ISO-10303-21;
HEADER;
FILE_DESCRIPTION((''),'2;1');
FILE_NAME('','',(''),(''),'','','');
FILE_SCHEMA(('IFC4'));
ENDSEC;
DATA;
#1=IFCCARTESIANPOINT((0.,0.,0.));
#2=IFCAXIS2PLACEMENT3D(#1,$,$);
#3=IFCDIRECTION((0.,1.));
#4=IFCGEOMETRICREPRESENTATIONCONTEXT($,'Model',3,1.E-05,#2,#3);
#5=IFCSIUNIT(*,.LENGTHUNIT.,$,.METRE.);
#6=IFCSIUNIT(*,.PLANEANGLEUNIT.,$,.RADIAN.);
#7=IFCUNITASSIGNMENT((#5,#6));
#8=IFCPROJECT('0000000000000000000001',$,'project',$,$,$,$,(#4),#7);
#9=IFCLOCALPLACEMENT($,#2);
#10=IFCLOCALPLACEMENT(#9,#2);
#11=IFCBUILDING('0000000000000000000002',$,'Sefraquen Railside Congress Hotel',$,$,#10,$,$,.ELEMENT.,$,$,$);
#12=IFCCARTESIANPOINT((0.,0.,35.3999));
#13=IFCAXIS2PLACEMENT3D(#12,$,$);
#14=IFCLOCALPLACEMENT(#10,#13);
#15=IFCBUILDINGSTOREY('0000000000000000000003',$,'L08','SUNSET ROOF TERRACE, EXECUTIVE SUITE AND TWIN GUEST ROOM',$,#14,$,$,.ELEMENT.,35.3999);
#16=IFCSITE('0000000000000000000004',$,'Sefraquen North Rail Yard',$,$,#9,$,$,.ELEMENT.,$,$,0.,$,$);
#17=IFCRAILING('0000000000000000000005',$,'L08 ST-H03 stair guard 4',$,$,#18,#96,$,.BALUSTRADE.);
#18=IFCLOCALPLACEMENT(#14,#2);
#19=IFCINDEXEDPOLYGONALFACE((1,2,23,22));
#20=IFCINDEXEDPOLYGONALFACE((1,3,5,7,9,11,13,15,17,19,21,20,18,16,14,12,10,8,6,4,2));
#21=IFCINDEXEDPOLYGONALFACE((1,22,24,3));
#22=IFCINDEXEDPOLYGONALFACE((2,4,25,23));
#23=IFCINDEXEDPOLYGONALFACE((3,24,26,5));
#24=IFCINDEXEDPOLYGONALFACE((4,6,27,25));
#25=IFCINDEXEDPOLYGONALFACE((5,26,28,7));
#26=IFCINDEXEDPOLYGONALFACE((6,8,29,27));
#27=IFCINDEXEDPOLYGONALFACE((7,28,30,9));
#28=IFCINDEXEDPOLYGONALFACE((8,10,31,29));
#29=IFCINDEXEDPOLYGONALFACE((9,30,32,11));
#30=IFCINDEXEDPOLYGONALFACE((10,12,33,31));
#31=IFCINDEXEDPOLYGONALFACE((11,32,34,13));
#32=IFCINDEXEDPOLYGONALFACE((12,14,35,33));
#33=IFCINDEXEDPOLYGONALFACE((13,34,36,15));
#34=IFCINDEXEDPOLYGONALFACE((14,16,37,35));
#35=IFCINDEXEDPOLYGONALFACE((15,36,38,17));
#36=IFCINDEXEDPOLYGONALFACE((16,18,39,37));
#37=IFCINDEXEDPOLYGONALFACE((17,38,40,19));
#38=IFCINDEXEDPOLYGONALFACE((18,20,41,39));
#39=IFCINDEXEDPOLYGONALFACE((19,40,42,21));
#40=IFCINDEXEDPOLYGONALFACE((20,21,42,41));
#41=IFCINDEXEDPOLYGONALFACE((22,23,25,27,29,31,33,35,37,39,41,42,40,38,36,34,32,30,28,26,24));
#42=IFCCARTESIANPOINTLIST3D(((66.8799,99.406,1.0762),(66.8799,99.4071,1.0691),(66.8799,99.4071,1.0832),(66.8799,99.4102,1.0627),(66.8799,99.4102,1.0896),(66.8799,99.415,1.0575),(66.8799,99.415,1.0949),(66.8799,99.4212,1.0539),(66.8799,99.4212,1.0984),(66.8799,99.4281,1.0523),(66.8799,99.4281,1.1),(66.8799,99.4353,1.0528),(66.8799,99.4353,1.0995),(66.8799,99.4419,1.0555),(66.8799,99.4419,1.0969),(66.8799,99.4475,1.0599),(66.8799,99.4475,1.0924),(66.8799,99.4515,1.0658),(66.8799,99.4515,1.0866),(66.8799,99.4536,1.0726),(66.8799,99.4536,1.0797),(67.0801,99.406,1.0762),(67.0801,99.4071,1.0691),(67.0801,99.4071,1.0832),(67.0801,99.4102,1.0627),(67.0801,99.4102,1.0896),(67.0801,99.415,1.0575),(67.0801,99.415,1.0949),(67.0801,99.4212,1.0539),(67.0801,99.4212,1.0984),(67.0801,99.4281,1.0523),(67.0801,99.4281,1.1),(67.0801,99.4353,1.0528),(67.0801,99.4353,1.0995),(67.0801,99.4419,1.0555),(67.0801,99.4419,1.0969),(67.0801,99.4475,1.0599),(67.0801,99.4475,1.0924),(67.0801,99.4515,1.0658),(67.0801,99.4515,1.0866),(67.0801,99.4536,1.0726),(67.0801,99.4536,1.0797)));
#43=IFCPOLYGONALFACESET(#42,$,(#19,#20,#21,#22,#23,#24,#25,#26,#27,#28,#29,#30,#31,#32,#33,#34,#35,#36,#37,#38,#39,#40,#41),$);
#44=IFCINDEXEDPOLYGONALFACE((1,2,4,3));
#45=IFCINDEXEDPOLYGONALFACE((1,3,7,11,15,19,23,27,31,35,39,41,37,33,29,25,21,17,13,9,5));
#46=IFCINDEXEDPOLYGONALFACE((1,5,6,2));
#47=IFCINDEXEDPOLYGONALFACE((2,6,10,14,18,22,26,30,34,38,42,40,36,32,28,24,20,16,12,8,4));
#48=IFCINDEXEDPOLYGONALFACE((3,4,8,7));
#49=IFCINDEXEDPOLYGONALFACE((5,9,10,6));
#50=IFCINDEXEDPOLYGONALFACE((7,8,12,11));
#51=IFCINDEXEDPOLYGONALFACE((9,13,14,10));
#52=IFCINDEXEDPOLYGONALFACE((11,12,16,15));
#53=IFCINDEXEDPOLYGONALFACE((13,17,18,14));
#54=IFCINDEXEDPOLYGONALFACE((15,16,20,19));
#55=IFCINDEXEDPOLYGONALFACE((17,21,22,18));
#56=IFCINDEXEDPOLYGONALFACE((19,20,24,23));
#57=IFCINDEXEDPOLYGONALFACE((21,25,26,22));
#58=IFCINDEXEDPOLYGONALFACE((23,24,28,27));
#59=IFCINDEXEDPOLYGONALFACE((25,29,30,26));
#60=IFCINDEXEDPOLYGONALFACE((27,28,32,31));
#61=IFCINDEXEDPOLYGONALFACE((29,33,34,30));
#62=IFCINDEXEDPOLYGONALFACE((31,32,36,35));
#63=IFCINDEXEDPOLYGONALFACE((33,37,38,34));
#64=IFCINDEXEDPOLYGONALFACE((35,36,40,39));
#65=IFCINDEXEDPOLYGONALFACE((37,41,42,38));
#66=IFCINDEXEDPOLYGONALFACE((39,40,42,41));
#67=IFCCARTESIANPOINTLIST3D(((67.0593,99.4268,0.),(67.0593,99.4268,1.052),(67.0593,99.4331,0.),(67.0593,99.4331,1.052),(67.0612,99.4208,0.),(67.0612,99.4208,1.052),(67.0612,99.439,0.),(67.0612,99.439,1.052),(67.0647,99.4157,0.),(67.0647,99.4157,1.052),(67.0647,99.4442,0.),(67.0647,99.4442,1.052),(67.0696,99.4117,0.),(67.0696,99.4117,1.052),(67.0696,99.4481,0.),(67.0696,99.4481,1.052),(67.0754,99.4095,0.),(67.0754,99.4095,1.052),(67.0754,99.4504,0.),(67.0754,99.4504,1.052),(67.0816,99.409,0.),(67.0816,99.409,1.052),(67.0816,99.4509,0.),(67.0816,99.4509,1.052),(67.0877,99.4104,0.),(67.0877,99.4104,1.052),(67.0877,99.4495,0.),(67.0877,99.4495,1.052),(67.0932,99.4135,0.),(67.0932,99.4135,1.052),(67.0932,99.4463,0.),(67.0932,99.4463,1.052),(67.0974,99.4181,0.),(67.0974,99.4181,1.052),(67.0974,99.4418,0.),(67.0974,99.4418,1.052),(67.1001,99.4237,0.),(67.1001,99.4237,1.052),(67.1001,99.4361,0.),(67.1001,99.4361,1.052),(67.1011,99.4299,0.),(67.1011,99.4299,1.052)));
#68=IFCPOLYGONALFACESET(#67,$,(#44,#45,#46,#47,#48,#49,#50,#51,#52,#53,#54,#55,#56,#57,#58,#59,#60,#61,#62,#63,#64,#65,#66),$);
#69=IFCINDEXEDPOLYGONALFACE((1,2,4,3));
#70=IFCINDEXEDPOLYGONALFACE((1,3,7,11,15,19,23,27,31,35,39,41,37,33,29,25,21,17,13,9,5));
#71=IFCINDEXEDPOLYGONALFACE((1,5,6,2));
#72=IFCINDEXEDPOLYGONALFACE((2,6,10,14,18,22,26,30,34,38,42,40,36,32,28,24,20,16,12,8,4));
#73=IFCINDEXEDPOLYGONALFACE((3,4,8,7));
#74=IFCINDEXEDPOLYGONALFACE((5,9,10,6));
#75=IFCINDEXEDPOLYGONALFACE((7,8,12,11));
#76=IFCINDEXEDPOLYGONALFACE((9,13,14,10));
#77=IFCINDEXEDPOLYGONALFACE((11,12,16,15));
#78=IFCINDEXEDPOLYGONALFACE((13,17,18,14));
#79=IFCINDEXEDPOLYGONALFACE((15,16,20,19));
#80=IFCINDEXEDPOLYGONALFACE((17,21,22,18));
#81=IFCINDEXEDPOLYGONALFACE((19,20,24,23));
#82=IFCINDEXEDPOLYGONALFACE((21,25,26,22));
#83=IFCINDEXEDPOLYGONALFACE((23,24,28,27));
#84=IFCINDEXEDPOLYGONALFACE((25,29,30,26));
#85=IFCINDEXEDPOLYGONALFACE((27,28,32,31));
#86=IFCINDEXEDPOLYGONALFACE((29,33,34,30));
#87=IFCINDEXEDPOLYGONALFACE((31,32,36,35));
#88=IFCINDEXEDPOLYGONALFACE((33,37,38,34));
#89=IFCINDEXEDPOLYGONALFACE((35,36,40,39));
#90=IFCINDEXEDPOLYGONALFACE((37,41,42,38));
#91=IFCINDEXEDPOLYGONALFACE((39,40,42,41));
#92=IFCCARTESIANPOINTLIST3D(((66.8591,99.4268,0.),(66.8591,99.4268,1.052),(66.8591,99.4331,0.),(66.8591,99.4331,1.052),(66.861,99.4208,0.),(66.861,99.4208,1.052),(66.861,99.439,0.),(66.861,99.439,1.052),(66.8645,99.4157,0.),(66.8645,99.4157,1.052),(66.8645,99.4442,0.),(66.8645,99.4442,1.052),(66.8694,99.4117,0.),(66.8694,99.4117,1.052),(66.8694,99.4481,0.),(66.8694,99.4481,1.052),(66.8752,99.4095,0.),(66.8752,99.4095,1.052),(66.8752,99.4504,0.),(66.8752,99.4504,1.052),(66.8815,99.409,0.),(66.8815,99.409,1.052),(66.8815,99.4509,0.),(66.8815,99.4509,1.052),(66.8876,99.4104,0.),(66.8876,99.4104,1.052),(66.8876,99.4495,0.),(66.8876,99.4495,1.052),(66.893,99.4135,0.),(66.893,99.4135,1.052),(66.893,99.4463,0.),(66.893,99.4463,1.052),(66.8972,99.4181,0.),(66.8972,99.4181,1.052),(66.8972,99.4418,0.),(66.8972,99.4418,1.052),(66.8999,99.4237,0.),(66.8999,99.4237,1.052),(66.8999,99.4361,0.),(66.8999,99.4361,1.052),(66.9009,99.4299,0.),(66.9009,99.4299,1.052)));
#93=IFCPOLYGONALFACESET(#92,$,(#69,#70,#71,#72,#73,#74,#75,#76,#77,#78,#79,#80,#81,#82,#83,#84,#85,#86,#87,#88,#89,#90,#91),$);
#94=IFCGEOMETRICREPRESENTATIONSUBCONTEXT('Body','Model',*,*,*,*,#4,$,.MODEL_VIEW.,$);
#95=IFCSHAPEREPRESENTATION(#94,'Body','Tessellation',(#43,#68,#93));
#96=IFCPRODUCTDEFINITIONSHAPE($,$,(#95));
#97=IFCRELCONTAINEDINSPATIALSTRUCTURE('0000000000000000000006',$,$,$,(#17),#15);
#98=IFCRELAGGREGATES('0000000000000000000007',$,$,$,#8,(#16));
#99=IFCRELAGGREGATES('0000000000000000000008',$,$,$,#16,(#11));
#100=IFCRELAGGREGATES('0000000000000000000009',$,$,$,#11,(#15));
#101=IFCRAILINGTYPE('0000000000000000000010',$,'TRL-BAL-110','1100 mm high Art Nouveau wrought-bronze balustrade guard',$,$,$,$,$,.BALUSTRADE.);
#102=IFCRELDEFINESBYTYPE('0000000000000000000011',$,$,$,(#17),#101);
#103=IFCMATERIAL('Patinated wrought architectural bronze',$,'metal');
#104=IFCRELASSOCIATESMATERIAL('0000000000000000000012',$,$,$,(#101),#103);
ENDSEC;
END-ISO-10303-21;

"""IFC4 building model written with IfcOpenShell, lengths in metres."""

from ifc_helpers import new_model, si_unit, direction, frame, origin, origin_2d, place, context, subcontext, project, spatial, circle, extrude, material, type_object, element, save


model = new_model("IFC4")

# Units and contexts
model_context = context("Model", 3, precision=1e-05, world=origin(), true_north=direction((0.0, 1.0)))
body_context = subcontext(model_context, "Body", "Model", "MODEL_VIEW")
ifc_project = project(units=[si_unit("LENGTHUNIT", "METRE"), si_unit("PLANEANGLEUNIT", "RADIAN")], contexts=[model_context])

# Site, building, storey
site_placement = place(None, origin())
site = spatial("IfcSite", under=ifc_project, at=site_placement, Name="Sefraquen North Rail Yard", CompositionType="ELEMENT", RefElevation=0.0)
building_placement = place(site_placement, origin())
building = spatial("IfcBuilding", under=site, at=building_placement, Name="Sefraquen Railside Congress Hotel", CompositionType="ELEMENT")
storey_placement = place(building_placement, frame((0.0, 0.0, 35.3999)))
storey = spatial("IfcBuildingStorey", under=building, at=storey_placement, Name="L08", Description="SUNSET ROOF TERRACE, EXECUTIVE SUITE AND TWIN GUEST ROOM", CompositionType="ELEMENT", Elevation=35.3999)

# Railing
ifc_material_1 = material(Name="Patinated wrought architectural bronze", Category="metal")
railing_type_1 = type_object("IfcRailingType", Name="TRL-BAL-110", Description="1100 mm high Art Nouveau wrought-bronze balustrade guard", PredefinedType="BALUSTRADE", material=ifc_material_1)
railing_1_placement = place(storey_placement, frame((67.0801, 99.4299, 0.0)))
element("IfcRailing", 1, at=railing_1_placement, inside=storey, type_object=railing_type_1, Name="L08 ST-H03 stair guard 4", PredefinedType="BALUSTRADE", context=body_context, shape_type="SweptSolid", body=[
    extrude(circle(Radius=0.0239, at=origin_2d()), frame((0.0, 0.0, 1.0762), z_axis=(-1.0, 0.0, 0.0), x_axis=(0.0, -1.0, 0.0)), (0.0, 0.0, 1.0), 0.2002),
    extrude(circle(Radius=0.021, at=origin_2d()), origin(), (0.0, 0.0, 1.0), 1.052),
    extrude(circle(Radius=0.021, at=origin_2d()), frame((-0.2002, 0.0, 0.0)), (0.0, 0.0, 1.0), 1.052),
])

save(model, "model.ifc")
